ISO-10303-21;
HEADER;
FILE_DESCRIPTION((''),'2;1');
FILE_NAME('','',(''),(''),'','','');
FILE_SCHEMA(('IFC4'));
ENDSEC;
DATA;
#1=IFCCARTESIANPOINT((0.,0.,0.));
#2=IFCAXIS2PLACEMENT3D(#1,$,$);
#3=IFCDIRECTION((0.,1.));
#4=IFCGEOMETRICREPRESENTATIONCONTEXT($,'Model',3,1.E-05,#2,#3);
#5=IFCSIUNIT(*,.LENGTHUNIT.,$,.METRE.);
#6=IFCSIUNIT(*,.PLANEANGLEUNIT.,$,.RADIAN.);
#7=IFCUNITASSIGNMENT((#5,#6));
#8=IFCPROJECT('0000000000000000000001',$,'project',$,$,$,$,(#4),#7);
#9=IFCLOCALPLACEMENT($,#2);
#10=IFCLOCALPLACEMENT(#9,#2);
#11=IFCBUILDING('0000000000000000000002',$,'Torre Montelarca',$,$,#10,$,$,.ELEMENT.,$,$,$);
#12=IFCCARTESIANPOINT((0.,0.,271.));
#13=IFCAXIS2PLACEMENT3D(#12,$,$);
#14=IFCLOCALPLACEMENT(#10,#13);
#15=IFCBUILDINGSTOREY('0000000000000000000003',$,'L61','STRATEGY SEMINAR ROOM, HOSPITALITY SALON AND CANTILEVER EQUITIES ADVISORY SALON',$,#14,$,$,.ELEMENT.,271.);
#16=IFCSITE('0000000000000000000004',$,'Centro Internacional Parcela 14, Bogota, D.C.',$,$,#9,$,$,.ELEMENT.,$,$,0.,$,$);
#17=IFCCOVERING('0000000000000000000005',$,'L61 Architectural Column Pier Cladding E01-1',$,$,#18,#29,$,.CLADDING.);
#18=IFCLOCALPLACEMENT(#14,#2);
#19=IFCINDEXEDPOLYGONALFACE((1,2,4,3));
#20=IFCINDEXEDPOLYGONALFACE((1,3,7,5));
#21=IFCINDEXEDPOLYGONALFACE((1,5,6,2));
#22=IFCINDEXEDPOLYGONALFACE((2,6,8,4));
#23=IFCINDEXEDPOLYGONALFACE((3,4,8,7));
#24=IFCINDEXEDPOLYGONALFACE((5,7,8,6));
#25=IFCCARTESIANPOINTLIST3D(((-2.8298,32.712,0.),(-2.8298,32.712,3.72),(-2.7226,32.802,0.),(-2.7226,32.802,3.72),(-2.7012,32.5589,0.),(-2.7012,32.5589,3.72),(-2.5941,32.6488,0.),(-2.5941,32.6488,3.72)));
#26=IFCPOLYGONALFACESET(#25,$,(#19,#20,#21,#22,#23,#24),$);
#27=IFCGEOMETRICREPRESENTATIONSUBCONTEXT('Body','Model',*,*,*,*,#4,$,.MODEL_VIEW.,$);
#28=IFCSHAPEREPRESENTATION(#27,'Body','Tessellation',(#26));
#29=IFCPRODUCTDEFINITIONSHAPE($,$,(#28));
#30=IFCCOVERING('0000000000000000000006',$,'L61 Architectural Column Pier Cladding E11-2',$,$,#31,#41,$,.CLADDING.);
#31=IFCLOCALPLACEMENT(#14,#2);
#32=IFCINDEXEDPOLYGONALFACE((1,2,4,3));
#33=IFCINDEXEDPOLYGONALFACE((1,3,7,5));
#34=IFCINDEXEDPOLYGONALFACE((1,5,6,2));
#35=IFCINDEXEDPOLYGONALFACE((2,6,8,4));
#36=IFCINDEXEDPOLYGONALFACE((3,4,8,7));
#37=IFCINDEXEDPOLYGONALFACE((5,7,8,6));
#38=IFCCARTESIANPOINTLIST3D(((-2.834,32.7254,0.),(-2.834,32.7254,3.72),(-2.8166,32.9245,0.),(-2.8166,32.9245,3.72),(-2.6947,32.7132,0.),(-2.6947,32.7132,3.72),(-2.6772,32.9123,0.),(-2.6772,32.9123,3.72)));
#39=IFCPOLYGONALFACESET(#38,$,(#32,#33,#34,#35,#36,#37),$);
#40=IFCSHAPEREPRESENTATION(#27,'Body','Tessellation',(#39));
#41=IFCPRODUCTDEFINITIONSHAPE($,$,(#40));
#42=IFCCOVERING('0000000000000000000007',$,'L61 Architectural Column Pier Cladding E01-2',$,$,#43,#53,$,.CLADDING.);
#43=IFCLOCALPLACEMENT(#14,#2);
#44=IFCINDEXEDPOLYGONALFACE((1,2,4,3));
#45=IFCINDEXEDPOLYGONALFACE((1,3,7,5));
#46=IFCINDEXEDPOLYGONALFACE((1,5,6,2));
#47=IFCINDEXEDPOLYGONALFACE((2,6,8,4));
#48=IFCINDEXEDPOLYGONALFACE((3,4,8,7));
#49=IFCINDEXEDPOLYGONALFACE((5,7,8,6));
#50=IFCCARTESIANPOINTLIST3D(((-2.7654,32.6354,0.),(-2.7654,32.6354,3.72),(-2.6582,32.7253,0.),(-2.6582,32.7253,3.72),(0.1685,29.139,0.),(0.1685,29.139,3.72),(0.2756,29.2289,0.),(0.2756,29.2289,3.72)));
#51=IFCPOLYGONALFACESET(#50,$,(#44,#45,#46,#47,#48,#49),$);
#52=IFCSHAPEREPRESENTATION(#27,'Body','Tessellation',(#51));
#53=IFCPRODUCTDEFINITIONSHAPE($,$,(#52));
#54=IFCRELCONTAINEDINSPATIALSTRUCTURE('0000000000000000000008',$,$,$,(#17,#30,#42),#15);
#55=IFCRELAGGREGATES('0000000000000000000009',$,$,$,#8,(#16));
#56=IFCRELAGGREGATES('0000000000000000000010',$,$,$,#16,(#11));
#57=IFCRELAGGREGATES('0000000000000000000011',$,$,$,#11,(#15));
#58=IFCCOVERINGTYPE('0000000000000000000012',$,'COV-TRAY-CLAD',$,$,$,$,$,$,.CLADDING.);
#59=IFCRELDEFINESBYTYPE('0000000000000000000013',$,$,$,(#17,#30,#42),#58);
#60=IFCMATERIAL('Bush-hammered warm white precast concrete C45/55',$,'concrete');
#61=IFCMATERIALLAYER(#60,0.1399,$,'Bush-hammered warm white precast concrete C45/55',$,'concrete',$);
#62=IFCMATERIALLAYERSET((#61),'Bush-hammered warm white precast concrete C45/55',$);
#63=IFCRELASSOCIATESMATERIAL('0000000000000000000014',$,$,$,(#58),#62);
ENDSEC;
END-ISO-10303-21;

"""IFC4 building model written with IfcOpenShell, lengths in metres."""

from ifc_helpers import new_model, si_unit, direction, frame, origin, origin_2d, place, context, subcontext, project, spatial, rectangle, extrude, source, transform, mapped, material, layer, layer_set, type_object, element, save


model = new_model("IFC4")

# Units and contexts
model_context = context("Model", 3, precision=1e-05, world=origin(), true_north=direction((0.0, 1.0)))
body_context = subcontext(model_context, "Body", "Model", "MODEL_VIEW")
ifc_project = project(units=[si_unit("LENGTHUNIT", "METRE"), si_unit("PLANEANGLEUNIT", "RADIAN")], contexts=[model_context])

# Site, building, storey
site_placement = place(None, origin())
site = spatial("IfcSite", under=ifc_project, at=site_placement, Name="Centro Internacional Parcela 14, Bogota, D.C.", CompositionType="ELEMENT", RefElevation=0.0)
building_placement = place(site_placement, origin())
building = spatial("IfcBuilding", under=site, at=building_placement, Name="Torre Montelarca", CompositionType="ELEMENT")
storey_placement = place(building_placement, frame((0.0, 0.0, 271.0)))
storey = spatial("IfcBuildingStorey", under=building, at=storey_placement, Name="L61", Description="STRATEGY SEMINAR ROOM, HOSPITALITY SALON AND CANTILEVER EQUITIES ADVISORY SALON", CompositionType="ELEMENT", Elevation=271.0)

# Coverings
ifc_material_1 = material(Name="Bush-hammered warm white precast concrete C45/55", Category="concrete")
ifc_layer_1 = layer(ifc_material_1, 0.1399, Name="Bush-hammered warm white precast concrete C45/55", Category="concrete")
ifc_layer_set_1 = layer_set([ifc_layer_1], Name="Bush-hammered warm white precast concrete C45/55")
covering_type = type_object("IfcCoveringType", Name="COV-TRAY-CLAD", PredefinedType="CLADDING", material=ifc_layer_set_1)
shared_shape_1 = source(origin(), body_context, "Body", "SweptSolid", [
    extrude(rectangle(XDim=0.2, YDim=0.1399, at=origin_2d()), origin(), (0.0, 0.0, 1.0), 3.72),
])
for number, where, z_axis, x_axis, name in (
    (1, (-2.7119, 32.6804, 0.0), (0.0, 0.0, 1.0), (0.642789, -0.766043, 0.0), "L61 Architectural Column Pier Cladding E01-1"),
    (2, (-2.7556, 32.8188, 0.0), (0.0, 0.0, 1.0), (-0.087177, -0.996193, 0.0), "L61 Architectural Column Pier Cladding E11-2"),
):
    element("IfcCovering", number, at=place(storey_placement, frame(where, z_axis=z_axis, x_axis=x_axis)), inside=storey, type_object=covering_type, Name=name, PredefinedType="CLADDING", context=body_context, shape_type="MappedRepresentation", body=[
        mapped(shared_shape_1, transform((0.0, 0.0, 0.0), scale=1.0)),
    ])
shared_shape_2 = source(origin(), body_context, "Body", "SweptSolid", [
    extrude(rectangle(XDim=4.5642, YDim=0.1399, at=origin_2d()), origin(), (0.0, 0.0, 1.0), 3.72),
])
covering_placement = place(storey_placement, frame((-1.2449, 30.9321, 0.0), z_axis=(0.0, 0.0, 1.0), x_axis=(0.642789, -0.766043, 0.0)))
element("IfcCovering", 3, at=covering_placement, inside=storey, type_object=covering_type, Name="L61 Architectural Column Pier Cladding E01-2", PredefinedType="CLADDING", context=body_context, shape_type="MappedRepresentation", body=[
    mapped(shared_shape_2, transform((0.0, 0.0, 0.0), scale=1.0)),
])

save(model, "model.ifc")
